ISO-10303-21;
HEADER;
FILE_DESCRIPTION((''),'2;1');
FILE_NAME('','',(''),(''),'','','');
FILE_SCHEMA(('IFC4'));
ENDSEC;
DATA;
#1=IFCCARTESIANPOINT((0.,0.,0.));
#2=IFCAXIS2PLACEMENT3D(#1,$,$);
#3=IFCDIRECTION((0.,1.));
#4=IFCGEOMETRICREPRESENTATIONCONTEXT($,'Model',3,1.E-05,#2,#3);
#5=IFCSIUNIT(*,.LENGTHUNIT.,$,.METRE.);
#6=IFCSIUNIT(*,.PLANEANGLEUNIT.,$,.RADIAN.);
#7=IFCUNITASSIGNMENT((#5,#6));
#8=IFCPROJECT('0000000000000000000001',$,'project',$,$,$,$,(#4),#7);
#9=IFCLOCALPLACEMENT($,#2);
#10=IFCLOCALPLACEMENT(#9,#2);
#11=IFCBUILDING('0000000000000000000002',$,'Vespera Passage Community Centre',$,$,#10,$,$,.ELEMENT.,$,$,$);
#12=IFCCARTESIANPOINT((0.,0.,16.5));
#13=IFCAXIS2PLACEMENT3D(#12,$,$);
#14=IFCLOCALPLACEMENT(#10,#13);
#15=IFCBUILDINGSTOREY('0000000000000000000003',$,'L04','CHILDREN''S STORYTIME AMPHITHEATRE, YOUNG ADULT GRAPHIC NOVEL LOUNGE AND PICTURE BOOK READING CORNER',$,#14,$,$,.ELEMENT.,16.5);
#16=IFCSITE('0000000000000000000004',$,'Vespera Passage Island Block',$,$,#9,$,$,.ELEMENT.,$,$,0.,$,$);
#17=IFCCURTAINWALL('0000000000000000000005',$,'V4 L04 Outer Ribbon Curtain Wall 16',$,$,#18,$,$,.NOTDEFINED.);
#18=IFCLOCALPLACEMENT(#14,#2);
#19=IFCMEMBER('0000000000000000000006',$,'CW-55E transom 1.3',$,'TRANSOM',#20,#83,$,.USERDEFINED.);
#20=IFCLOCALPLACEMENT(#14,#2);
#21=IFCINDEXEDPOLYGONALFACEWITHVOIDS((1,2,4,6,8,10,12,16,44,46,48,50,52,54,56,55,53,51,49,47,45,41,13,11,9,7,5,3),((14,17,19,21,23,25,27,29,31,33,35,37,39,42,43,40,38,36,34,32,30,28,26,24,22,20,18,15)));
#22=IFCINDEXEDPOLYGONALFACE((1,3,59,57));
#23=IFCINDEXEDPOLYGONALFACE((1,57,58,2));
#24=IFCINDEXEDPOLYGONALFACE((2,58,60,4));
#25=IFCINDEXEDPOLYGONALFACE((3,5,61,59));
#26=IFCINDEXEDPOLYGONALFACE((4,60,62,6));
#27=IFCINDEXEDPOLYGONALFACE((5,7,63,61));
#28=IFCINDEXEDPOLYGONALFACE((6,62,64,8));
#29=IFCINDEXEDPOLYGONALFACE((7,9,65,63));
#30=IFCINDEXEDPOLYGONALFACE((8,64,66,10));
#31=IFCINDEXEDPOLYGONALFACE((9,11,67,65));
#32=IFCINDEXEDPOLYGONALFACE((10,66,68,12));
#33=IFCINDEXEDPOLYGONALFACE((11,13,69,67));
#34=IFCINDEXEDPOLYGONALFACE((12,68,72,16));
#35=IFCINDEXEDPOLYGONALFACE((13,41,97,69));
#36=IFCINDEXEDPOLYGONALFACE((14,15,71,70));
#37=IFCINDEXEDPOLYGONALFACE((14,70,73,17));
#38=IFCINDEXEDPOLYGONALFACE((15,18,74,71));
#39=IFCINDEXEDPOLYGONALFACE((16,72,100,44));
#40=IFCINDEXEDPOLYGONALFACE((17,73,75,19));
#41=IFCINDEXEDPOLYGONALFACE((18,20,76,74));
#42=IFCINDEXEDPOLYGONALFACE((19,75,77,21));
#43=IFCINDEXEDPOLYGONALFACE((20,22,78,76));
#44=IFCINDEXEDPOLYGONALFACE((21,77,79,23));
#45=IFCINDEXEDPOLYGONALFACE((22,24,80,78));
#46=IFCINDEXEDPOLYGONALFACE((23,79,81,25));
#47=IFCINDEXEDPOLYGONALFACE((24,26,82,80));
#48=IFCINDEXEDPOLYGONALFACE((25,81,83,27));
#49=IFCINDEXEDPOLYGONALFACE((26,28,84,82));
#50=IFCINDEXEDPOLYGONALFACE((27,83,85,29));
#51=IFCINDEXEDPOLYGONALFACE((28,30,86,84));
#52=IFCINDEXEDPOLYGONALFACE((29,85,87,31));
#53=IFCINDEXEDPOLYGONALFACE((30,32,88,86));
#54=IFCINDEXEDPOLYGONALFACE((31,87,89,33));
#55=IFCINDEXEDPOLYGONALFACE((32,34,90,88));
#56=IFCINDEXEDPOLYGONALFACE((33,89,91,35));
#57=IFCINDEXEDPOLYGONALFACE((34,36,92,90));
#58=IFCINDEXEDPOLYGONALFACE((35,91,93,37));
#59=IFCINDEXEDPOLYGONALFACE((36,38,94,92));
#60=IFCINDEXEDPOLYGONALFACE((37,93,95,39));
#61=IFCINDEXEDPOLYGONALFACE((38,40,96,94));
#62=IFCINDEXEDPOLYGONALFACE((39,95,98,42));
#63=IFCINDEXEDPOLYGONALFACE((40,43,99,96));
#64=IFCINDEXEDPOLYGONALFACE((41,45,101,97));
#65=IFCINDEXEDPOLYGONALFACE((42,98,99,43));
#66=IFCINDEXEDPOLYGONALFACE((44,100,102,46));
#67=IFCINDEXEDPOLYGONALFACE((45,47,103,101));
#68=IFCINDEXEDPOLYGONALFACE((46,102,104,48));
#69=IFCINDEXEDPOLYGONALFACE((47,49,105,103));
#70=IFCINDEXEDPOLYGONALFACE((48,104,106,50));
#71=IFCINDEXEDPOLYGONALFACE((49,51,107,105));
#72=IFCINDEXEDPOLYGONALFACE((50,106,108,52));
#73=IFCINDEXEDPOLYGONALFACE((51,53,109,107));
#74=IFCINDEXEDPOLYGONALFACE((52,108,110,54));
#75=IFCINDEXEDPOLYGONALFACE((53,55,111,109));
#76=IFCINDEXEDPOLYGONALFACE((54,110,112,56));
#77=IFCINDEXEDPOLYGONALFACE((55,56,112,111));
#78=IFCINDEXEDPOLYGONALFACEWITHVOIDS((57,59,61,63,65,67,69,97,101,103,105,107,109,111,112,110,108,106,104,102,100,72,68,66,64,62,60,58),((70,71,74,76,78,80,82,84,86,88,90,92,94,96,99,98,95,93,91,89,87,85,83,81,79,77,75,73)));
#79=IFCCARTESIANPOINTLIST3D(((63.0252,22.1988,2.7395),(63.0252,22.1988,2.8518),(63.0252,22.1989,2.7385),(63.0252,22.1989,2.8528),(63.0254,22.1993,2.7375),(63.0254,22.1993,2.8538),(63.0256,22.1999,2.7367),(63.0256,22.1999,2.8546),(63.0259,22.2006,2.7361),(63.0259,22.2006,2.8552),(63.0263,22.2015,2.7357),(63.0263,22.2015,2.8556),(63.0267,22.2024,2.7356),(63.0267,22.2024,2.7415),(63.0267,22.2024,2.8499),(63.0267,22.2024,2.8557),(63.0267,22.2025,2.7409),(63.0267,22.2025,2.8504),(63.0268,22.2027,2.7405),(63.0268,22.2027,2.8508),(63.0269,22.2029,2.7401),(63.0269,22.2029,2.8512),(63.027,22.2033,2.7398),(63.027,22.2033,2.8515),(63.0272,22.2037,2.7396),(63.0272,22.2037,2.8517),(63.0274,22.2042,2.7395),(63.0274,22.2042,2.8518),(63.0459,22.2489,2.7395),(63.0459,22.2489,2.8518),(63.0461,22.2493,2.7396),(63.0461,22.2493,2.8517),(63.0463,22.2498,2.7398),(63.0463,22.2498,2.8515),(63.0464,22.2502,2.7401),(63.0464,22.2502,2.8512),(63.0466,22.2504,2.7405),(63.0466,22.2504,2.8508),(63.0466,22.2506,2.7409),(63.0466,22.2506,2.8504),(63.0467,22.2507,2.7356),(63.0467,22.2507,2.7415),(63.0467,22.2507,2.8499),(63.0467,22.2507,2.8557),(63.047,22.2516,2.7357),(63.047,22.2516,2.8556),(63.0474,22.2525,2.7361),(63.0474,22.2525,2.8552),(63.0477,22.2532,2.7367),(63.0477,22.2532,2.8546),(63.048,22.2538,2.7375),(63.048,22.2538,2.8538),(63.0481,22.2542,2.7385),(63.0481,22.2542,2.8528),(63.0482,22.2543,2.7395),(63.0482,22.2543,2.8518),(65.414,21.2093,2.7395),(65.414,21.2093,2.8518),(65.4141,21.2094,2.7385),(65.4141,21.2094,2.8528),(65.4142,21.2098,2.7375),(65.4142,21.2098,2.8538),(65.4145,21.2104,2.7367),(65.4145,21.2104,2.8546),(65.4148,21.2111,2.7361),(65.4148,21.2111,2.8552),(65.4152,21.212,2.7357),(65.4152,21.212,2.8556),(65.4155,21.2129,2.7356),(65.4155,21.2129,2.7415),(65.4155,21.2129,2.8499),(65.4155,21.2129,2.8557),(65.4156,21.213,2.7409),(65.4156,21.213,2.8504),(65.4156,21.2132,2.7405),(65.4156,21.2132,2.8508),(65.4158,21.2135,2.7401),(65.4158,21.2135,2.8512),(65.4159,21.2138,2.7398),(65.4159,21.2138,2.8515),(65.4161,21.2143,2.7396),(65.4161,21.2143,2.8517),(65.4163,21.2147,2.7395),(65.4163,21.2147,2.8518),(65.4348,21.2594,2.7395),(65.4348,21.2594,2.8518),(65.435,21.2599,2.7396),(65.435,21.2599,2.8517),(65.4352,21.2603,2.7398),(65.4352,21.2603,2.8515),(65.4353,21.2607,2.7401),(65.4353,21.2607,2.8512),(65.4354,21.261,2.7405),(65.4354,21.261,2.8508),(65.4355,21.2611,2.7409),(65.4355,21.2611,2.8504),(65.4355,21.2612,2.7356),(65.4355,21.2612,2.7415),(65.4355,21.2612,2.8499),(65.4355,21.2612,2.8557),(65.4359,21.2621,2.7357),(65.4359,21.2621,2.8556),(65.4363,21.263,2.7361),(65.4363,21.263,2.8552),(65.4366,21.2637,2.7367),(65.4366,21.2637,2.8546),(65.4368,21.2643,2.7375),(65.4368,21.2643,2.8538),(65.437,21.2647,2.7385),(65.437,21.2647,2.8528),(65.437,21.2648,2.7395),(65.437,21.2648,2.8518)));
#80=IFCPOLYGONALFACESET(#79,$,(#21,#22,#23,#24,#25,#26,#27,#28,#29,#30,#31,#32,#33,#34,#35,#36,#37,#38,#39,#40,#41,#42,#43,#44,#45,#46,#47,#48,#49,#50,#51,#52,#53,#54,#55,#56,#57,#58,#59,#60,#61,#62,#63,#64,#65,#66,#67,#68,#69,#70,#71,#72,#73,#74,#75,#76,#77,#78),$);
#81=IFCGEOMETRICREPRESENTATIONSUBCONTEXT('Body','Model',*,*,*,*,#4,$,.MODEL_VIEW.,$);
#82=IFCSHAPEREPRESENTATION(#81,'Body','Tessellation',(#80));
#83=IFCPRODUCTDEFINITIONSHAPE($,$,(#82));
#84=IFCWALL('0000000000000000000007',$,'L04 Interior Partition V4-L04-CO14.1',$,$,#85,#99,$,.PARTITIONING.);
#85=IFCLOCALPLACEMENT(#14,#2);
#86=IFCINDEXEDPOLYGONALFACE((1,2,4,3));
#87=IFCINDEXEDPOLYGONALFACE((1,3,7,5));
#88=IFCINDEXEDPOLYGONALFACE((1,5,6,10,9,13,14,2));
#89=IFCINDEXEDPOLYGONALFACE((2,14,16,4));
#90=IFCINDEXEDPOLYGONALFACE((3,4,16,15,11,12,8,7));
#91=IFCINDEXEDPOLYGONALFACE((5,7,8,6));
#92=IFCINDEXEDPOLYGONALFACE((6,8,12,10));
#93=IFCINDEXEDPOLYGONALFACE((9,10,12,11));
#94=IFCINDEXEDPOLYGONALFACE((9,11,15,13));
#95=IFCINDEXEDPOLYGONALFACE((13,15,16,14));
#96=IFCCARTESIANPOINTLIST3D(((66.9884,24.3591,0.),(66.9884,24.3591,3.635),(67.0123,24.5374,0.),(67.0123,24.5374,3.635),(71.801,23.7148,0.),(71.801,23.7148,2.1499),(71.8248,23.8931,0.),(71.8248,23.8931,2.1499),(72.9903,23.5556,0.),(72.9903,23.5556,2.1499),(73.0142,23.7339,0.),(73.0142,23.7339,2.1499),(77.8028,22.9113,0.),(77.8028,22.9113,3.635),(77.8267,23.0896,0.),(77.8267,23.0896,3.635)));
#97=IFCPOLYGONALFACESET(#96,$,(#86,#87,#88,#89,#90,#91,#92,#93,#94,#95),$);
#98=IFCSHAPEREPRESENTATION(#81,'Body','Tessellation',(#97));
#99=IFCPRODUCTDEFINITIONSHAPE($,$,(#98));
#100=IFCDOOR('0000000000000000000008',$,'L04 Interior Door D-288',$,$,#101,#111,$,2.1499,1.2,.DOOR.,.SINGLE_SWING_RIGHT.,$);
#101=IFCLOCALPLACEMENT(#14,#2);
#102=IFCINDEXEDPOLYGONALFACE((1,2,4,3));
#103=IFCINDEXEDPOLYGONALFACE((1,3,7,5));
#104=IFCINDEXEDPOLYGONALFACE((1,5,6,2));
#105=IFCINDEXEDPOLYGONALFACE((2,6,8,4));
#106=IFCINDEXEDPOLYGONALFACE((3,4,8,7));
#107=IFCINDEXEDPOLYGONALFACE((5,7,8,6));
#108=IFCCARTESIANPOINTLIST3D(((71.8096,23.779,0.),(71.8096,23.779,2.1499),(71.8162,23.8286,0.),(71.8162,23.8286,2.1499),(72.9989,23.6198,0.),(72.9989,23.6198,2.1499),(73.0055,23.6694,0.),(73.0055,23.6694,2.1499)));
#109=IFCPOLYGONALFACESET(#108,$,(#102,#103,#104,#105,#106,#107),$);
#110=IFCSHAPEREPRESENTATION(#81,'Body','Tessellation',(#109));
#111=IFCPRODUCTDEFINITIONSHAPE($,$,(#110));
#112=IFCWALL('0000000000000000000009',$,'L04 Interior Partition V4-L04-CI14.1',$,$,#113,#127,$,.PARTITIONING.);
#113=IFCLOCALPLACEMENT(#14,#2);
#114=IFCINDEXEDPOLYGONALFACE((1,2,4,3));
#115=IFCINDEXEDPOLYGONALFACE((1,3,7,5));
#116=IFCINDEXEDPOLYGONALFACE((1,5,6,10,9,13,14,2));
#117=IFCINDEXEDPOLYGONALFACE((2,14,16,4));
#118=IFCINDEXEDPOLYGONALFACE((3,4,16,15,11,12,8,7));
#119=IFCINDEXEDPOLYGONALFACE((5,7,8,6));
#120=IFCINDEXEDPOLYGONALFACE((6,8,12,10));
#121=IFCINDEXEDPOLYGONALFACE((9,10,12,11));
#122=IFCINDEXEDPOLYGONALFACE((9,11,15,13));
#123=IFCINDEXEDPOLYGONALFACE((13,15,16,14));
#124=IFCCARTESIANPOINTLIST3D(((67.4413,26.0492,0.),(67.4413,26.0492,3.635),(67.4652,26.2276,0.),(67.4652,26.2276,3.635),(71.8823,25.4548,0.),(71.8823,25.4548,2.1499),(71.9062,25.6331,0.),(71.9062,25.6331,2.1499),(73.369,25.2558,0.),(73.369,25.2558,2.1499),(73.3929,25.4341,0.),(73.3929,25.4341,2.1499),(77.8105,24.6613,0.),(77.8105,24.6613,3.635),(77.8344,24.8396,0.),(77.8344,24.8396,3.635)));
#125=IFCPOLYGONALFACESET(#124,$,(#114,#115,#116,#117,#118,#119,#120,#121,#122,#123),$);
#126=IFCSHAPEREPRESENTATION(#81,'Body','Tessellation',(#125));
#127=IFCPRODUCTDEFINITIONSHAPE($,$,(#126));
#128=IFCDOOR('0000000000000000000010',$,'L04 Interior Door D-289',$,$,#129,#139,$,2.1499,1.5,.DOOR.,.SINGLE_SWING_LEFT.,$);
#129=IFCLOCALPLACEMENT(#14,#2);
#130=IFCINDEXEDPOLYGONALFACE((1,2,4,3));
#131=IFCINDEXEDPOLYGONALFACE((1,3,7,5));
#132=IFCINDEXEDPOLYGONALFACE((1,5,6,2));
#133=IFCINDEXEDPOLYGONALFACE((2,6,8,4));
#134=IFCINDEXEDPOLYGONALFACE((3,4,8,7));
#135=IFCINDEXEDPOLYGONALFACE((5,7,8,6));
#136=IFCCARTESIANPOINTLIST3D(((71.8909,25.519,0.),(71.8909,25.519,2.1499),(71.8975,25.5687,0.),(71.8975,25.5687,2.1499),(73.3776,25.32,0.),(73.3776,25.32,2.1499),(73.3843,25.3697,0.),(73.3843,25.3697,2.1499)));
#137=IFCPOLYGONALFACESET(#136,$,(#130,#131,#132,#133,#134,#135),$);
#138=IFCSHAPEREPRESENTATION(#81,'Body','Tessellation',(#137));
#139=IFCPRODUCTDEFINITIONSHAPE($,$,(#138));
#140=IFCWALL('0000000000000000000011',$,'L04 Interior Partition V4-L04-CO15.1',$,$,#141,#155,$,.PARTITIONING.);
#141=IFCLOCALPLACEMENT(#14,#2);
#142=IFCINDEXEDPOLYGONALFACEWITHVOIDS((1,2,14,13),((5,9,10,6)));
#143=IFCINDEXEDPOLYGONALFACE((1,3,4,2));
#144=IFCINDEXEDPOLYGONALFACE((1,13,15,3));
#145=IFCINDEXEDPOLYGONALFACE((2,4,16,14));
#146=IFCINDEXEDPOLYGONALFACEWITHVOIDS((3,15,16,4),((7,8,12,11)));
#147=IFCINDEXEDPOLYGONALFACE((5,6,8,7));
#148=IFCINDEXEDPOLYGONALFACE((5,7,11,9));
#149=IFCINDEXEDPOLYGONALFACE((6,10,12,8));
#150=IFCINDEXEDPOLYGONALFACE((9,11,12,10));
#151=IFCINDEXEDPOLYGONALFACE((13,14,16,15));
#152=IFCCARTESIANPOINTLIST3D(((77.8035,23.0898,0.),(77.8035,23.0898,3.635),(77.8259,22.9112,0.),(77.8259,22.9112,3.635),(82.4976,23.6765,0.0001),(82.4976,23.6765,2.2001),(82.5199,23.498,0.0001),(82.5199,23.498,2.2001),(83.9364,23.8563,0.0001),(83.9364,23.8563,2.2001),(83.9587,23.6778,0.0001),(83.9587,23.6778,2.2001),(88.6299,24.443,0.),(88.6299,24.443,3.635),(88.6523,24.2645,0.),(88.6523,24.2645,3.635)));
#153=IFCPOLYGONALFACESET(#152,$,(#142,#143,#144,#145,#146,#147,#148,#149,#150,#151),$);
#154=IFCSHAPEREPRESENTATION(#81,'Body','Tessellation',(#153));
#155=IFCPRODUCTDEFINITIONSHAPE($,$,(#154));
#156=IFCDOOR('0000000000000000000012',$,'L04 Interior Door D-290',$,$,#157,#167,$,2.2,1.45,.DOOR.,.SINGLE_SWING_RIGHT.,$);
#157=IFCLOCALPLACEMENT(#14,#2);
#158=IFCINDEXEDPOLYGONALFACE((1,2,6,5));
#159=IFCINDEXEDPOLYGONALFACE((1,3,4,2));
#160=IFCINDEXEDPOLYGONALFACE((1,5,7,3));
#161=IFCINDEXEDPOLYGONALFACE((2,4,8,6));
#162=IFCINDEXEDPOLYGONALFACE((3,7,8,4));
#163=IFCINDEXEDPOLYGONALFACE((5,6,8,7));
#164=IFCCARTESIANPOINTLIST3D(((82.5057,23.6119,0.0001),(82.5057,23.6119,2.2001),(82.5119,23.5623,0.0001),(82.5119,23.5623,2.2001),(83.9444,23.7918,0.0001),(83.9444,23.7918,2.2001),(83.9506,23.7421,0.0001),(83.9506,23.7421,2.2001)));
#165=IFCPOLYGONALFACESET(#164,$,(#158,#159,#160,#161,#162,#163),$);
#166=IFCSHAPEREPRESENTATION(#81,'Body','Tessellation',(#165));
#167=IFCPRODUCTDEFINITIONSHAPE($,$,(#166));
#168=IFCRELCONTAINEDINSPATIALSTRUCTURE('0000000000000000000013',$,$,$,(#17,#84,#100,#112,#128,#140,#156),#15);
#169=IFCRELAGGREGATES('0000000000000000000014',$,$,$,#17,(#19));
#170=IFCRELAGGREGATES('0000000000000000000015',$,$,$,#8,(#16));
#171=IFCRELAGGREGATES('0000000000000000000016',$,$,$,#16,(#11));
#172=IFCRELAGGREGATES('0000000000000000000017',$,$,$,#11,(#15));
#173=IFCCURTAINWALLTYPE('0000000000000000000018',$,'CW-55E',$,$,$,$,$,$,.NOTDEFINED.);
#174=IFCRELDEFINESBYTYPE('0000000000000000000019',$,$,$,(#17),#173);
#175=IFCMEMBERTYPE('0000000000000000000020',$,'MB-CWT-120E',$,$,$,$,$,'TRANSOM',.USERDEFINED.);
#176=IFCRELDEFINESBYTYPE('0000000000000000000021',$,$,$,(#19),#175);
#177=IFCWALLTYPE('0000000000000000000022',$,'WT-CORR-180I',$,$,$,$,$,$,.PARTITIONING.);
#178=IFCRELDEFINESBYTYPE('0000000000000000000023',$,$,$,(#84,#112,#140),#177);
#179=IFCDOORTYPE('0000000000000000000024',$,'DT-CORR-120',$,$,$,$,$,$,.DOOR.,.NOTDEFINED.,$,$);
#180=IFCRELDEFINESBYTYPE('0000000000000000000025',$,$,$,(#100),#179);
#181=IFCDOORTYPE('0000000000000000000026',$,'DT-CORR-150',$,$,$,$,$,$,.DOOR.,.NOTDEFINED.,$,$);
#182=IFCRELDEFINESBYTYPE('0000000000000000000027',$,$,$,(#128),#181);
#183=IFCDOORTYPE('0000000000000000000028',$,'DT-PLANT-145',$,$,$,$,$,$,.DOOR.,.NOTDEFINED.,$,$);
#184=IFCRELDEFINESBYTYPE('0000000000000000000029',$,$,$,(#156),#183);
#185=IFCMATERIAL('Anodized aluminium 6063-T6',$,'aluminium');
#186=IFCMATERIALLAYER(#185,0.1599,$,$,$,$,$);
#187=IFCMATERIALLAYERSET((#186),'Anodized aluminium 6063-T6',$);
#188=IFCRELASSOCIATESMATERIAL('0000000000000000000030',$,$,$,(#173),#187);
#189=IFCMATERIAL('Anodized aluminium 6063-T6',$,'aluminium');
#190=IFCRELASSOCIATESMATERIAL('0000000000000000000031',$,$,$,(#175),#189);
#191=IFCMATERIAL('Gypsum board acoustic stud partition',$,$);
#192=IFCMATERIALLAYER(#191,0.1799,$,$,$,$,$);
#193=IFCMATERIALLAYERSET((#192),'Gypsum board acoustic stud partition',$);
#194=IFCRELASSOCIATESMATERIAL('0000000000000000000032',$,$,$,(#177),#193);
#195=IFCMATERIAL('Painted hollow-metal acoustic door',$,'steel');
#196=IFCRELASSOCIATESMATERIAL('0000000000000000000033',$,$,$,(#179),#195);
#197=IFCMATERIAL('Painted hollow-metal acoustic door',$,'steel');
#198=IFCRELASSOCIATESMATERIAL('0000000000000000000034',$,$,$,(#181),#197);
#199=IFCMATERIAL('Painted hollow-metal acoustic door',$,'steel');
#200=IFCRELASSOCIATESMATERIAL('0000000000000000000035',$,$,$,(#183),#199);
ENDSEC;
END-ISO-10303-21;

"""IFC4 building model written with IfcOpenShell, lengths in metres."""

from ifc_helpers import new_model, si_unit, direction, frame, frame_2d, origin, origin_2d, place, context, subcontext, project, spatial, rectangle, hollow_rectangle, extrude, material, layer, layer_set, material_profile, profile_set, type_object, element, fill, aggregate, save


model = new_model("IFC4")

# Units and contexts
model_context = context("Model", 3, precision=1e-05, world=origin(), true_north=direction((0.0, 1.0)))
body_context = subcontext(model_context, "Body", "Model", "MODEL_VIEW")
ifc_project = project(units=[si_unit("LENGTHUNIT", "METRE"), si_unit("PLANEANGLEUNIT", "RADIAN")], contexts=[model_context])

# Site, building, storey
site_placement = place(None, origin())
site = spatial("IfcSite", under=ifc_project, at=site_placement, Name="Vespera Passage Island Block", CompositionType="ELEMENT", RefElevation=0.0)
building_placement = place(site_placement, origin())
building = spatial("IfcBuilding", under=site, at=building_placement, Name="Vespera Passage Community Centre", CompositionType="ELEMENT")
storey_placement = place(building_placement, frame((0.0, 0.0, 16.5)))
storey = spatial("IfcBuildingStorey", under=building, at=storey_placement, Name="L04", Description="CHILDREN'S STORYTIME AMPHITHEATRE, YOUNG ADULT GRAPHIC NOVEL LOUNGE AND PICTURE BOOK READING CORNER", CompositionType="ELEMENT", Elevation=16.5)

# Curtain wall, member
ifc_material_1 = material(Name="Anodized aluminium 6063-T6", Category="aluminium")
ifc_layer_1 = layer(ifc_material_1, 0.1599)
ifc_layer_set_1 = layer_set([ifc_layer_1], Name="Anodized aluminium 6063-T6")
curtain_wall_type = type_object("IfcCurtainWallType", Name="CW-55E", PredefinedType="NOTDEFINED", material=ifc_layer_set_1)
curtain_wall_placement = place(storey_placement, origin())
curtain_wall = element("IfcCurtainWall", 1, at=curtain_wall_placement, inside=storey, type_object=curtain_wall_type, Name="V4 L04 Outer Ribbon Curtain Wall 16", PredefinedType="NOTDEFINED")
ifc_material_2 = material(Name="Anodized aluminium 6063-T6", Category="aluminium")
ifc_material_profile_1 = material_profile(ifc_material_2, hollow_rectangle(XDim=0.0601, YDim=0.1201, WallThickness=0.0039, InnerFilletRadius=0.002, OuterFilletRadius=0.0039, at=origin_2d()), Name="ALU120X60X4")
ifc_profile_set_1 = profile_set([ifc_material_profile_1], Name="Anodized aluminium 6063-T6")
member_type_1 = type_object("IfcMemberType", Name="MB-CWT-120E", ElementType="TRANSOM", PredefinedType="USERDEFINED", material=ifc_profile_set_1)
member_1_placement = place(storey_placement, frame((65.4255, 21.2371, 2.7957), z_axis=(-0.923882, 0.382677, 0.0), x_axis=(-0.382677, -0.923882, 0.0)))
member_1 = element("IfcMember", 2, at=member_1_placement, type_object=member_type_1, Name="CW-55E transom 1.3", ObjectType="TRANSOM", PredefinedType="USERDEFINED", context=body_context, shape_type="SweptSolid", body=[
    extrude(hollow_rectangle(XDim=0.0601, YDim=0.1201, WallThickness=0.0039, InnerFilletRadius=0.002, OuterFilletRadius=0.0039, at=origin_2d()), origin(), (0.0, 0.0, 1.0), 2.5857),
])
aggregate(curtain_wall, [member_1])

# Walls, openings, doors
ifc_material_3 = material(Name="Gypsum board acoustic stud partition")
ifc_layer_2 = layer(ifc_material_3, 0.1799)
ifc_layer_set_2 = layer_set([ifc_layer_2], Name="Gypsum board acoustic stud partition")
wall_type_1 = type_object("IfcWallType", Name="WT-CORR-180I", PredefinedType="PARTITIONING", material=ifc_layer_set_2)
wall_1_placement = place(storey_placement, frame((67.0002, 24.4482, 0.0), z_axis=(0.0, 0.0, 1.0), x_axis=(0.991158, -0.132688, 0.0)))
wall_1 = element("IfcWall", 3, at=wall_1_placement, inside=storey, type_object=wall_type_1, Name="L04 Interior Partition V4-L04-CO14.1", PredefinedType="PARTITIONING", context=body_context, shape_type="SweptSolid", body=[
    extrude(rectangle(XDim=10.9109, YDim=0.1799, at=frame_2d((5.4556, 0.0))), origin(), (0.0, 0.0, 1.0), 3.635),
])
opening_1_placement = place(wall_1_placement, frame((4.8555, 0.0, 0.0)))
opening_1 = element("IfcOpeningElement", 4, at=opening_1_placement, cuts=wall_1, PredefinedType="OPENING", context=body_context, shape_type="SweptSolid", body=[
    extrude(rectangle(XDim=1.2, YDim=2.1499, at=frame_2d((0.6001, 1.075))), frame((0.0, 0.0999, 0.0), z_axis=(0.0, -1.0, 0.0), x_axis=(1.0, 0.0, 0.0)), (0.0, 0.0, 1.0), 0.2),
])
ifc_material_4 = material(Name="Painted hollow-metal acoustic door", Category="steel")
door_type_1 = type_object("IfcDoorType", Name="DT-CORR-120", OperationType="NOTDEFINED", PredefinedType="DOOR", material=ifc_material_4)
door_1_placement = place(opening_1_placement, origin())
door_1 = element("IfcDoor", 5, at=door_1_placement, inside=storey, type_object=door_type_1, Name="L04 Interior Door D-288", OperationType="SINGLE_SWING_RIGHT", OverallHeight=2.1499, OverallWidth=1.2, PredefinedType="DOOR", context=body_context, shape_type="SweptSolid", body=[
    extrude(rectangle(XDim=1.2, YDim=2.1499, at=frame_2d((0.6001, 1.075))), frame((0.0, 0.0249, 0.0), z_axis=(0.0, -1.0, 0.0), x_axis=(1.0, 0.0, 0.0)), (0.0, 0.0, 1.0), 0.05),
])
fill(opening_1, door_1)
wall_2_placement = place(storey_placement, frame((67.4531, 26.1384, 0.0), z_axis=(0.0, 0.0, 1.0), x_axis=(0.99116, -0.13267, 0.0)))
wall_2 = element("IfcWall", 6, at=wall_2_placement, inside=storey, type_object=wall_type_1, Name="L04 Interior Partition V4-L04-CI14.1", PredefinedType="PARTITIONING", context=body_context, shape_type="SweptSolid", body=[
    extrude(rectangle(XDim=10.4617, YDim=0.1799, at=frame_2d((5.231, 0.0))), origin(), (0.0, 0.0, 1.0), 3.635),
])
opening_2_placement = place(wall_2_placement, frame((4.4807, 0.0, 0.0)))
opening_2 = element("IfcOpeningElement", 7, at=opening_2_placement, cuts=wall_2, PredefinedType="OPENING", context=body_context, shape_type="SweptSolid", body=[
    extrude(rectangle(XDim=1.5, YDim=2.1499, at=frame_2d((0.75, 1.075))), frame((0.0, 0.0999, 0.0), z_axis=(0.0, -1.0, 0.0), x_axis=(1.0, 0.0, 0.0)), (0.0, 0.0, 1.0), 0.2),
])
ifc_material_5 = material(Name="Painted hollow-metal acoustic door", Category="steel")
door_type_2 = type_object("IfcDoorType", Name="DT-CORR-150", OperationType="NOTDEFINED", PredefinedType="DOOR", material=ifc_material_5)
door_2_placement = place(opening_2_placement, origin())
door_2 = element("IfcDoor", 8, at=door_2_placement, inside=storey, type_object=door_type_2, Name="L04 Interior Door D-289", OperationType="SINGLE_SWING_LEFT", OverallHeight=2.1499, OverallWidth=1.5, PredefinedType="DOOR", context=body_context, shape_type="SweptSolid", body=[
    extrude(rectangle(XDim=1.5, YDim=2.1499, at=frame_2d((0.75, 1.075))), frame((0.0, 0.0249, 0.0), z_axis=(0.0, -1.0, 0.0), x_axis=(1.0, 0.0, 0.0)), (0.0, 0.0, 1.0), 0.05),
])
fill(opening_2, door_2)
wall_3_placement = place(storey_placement, frame((77.8147, 23.0005, 0.0), z_axis=(0.0, 0.0, 1.0), x_axis=(0.992278, 0.124032, 0.0)))
wall_3 = element("IfcWall", 9, at=wall_3_placement, inside=storey, type_object=wall_type_1, Name="L04 Interior Partition V4-L04-CO15.1", PredefinedType="PARTITIONING", context=body_context, shape_type="SweptSolid", body=[
    extrude(rectangle(XDim=10.9106, YDim=0.1799, at=frame_2d((5.4553, 0.0))), origin(), (0.0, 0.0, 1.0), 3.635),
])
opening_3_placement = place(wall_3_placement, frame((4.7305, 0.0, 0.0)))
opening_3 = element("IfcOpeningElement", 10, at=opening_3_placement, cuts=wall_3, PredefinedType="OPENING", context=body_context, shape_type="SweptSolid", body=[
    extrude(rectangle(XDim=1.45, YDim=2.2, at=frame_2d((0.7251, 1.1001))), frame((0.0, 0.0999, 0.0), z_axis=(0.0, -1.0, 0.0), x_axis=(1.0, 0.0, 0.0)), (0.0, 0.0, 1.0), 0.2),
])
ifc_material_6 = material(Name="Painted hollow-metal acoustic door", Category="steel")
door_type_3 = type_object("IfcDoorType", Name="DT-PLANT-145", OperationType="NOTDEFINED", PredefinedType="DOOR", material=ifc_material_6)
door_3_placement = place(opening_3_placement, origin())
door_3 = element("IfcDoor", 11, at=door_3_placement, inside=storey, type_object=door_type_3, Name="L04 Interior Door D-290", OperationType="SINGLE_SWING_RIGHT", OverallHeight=2.2, OverallWidth=1.45, PredefinedType="DOOR", context=body_context, shape_type="SweptSolid", body=[
    extrude(rectangle(XDim=1.45, YDim=2.2, at=frame_2d((0.7251, 1.1001))), frame((0.0, 0.0249, 0.0), z_axis=(0.0, -1.0, 0.0), x_axis=(1.0, 0.0, 0.0)), (0.0, 0.0, 1.0), 0.05),
])
fill(opening_3, door_3)

save(model, "model.ifc")
